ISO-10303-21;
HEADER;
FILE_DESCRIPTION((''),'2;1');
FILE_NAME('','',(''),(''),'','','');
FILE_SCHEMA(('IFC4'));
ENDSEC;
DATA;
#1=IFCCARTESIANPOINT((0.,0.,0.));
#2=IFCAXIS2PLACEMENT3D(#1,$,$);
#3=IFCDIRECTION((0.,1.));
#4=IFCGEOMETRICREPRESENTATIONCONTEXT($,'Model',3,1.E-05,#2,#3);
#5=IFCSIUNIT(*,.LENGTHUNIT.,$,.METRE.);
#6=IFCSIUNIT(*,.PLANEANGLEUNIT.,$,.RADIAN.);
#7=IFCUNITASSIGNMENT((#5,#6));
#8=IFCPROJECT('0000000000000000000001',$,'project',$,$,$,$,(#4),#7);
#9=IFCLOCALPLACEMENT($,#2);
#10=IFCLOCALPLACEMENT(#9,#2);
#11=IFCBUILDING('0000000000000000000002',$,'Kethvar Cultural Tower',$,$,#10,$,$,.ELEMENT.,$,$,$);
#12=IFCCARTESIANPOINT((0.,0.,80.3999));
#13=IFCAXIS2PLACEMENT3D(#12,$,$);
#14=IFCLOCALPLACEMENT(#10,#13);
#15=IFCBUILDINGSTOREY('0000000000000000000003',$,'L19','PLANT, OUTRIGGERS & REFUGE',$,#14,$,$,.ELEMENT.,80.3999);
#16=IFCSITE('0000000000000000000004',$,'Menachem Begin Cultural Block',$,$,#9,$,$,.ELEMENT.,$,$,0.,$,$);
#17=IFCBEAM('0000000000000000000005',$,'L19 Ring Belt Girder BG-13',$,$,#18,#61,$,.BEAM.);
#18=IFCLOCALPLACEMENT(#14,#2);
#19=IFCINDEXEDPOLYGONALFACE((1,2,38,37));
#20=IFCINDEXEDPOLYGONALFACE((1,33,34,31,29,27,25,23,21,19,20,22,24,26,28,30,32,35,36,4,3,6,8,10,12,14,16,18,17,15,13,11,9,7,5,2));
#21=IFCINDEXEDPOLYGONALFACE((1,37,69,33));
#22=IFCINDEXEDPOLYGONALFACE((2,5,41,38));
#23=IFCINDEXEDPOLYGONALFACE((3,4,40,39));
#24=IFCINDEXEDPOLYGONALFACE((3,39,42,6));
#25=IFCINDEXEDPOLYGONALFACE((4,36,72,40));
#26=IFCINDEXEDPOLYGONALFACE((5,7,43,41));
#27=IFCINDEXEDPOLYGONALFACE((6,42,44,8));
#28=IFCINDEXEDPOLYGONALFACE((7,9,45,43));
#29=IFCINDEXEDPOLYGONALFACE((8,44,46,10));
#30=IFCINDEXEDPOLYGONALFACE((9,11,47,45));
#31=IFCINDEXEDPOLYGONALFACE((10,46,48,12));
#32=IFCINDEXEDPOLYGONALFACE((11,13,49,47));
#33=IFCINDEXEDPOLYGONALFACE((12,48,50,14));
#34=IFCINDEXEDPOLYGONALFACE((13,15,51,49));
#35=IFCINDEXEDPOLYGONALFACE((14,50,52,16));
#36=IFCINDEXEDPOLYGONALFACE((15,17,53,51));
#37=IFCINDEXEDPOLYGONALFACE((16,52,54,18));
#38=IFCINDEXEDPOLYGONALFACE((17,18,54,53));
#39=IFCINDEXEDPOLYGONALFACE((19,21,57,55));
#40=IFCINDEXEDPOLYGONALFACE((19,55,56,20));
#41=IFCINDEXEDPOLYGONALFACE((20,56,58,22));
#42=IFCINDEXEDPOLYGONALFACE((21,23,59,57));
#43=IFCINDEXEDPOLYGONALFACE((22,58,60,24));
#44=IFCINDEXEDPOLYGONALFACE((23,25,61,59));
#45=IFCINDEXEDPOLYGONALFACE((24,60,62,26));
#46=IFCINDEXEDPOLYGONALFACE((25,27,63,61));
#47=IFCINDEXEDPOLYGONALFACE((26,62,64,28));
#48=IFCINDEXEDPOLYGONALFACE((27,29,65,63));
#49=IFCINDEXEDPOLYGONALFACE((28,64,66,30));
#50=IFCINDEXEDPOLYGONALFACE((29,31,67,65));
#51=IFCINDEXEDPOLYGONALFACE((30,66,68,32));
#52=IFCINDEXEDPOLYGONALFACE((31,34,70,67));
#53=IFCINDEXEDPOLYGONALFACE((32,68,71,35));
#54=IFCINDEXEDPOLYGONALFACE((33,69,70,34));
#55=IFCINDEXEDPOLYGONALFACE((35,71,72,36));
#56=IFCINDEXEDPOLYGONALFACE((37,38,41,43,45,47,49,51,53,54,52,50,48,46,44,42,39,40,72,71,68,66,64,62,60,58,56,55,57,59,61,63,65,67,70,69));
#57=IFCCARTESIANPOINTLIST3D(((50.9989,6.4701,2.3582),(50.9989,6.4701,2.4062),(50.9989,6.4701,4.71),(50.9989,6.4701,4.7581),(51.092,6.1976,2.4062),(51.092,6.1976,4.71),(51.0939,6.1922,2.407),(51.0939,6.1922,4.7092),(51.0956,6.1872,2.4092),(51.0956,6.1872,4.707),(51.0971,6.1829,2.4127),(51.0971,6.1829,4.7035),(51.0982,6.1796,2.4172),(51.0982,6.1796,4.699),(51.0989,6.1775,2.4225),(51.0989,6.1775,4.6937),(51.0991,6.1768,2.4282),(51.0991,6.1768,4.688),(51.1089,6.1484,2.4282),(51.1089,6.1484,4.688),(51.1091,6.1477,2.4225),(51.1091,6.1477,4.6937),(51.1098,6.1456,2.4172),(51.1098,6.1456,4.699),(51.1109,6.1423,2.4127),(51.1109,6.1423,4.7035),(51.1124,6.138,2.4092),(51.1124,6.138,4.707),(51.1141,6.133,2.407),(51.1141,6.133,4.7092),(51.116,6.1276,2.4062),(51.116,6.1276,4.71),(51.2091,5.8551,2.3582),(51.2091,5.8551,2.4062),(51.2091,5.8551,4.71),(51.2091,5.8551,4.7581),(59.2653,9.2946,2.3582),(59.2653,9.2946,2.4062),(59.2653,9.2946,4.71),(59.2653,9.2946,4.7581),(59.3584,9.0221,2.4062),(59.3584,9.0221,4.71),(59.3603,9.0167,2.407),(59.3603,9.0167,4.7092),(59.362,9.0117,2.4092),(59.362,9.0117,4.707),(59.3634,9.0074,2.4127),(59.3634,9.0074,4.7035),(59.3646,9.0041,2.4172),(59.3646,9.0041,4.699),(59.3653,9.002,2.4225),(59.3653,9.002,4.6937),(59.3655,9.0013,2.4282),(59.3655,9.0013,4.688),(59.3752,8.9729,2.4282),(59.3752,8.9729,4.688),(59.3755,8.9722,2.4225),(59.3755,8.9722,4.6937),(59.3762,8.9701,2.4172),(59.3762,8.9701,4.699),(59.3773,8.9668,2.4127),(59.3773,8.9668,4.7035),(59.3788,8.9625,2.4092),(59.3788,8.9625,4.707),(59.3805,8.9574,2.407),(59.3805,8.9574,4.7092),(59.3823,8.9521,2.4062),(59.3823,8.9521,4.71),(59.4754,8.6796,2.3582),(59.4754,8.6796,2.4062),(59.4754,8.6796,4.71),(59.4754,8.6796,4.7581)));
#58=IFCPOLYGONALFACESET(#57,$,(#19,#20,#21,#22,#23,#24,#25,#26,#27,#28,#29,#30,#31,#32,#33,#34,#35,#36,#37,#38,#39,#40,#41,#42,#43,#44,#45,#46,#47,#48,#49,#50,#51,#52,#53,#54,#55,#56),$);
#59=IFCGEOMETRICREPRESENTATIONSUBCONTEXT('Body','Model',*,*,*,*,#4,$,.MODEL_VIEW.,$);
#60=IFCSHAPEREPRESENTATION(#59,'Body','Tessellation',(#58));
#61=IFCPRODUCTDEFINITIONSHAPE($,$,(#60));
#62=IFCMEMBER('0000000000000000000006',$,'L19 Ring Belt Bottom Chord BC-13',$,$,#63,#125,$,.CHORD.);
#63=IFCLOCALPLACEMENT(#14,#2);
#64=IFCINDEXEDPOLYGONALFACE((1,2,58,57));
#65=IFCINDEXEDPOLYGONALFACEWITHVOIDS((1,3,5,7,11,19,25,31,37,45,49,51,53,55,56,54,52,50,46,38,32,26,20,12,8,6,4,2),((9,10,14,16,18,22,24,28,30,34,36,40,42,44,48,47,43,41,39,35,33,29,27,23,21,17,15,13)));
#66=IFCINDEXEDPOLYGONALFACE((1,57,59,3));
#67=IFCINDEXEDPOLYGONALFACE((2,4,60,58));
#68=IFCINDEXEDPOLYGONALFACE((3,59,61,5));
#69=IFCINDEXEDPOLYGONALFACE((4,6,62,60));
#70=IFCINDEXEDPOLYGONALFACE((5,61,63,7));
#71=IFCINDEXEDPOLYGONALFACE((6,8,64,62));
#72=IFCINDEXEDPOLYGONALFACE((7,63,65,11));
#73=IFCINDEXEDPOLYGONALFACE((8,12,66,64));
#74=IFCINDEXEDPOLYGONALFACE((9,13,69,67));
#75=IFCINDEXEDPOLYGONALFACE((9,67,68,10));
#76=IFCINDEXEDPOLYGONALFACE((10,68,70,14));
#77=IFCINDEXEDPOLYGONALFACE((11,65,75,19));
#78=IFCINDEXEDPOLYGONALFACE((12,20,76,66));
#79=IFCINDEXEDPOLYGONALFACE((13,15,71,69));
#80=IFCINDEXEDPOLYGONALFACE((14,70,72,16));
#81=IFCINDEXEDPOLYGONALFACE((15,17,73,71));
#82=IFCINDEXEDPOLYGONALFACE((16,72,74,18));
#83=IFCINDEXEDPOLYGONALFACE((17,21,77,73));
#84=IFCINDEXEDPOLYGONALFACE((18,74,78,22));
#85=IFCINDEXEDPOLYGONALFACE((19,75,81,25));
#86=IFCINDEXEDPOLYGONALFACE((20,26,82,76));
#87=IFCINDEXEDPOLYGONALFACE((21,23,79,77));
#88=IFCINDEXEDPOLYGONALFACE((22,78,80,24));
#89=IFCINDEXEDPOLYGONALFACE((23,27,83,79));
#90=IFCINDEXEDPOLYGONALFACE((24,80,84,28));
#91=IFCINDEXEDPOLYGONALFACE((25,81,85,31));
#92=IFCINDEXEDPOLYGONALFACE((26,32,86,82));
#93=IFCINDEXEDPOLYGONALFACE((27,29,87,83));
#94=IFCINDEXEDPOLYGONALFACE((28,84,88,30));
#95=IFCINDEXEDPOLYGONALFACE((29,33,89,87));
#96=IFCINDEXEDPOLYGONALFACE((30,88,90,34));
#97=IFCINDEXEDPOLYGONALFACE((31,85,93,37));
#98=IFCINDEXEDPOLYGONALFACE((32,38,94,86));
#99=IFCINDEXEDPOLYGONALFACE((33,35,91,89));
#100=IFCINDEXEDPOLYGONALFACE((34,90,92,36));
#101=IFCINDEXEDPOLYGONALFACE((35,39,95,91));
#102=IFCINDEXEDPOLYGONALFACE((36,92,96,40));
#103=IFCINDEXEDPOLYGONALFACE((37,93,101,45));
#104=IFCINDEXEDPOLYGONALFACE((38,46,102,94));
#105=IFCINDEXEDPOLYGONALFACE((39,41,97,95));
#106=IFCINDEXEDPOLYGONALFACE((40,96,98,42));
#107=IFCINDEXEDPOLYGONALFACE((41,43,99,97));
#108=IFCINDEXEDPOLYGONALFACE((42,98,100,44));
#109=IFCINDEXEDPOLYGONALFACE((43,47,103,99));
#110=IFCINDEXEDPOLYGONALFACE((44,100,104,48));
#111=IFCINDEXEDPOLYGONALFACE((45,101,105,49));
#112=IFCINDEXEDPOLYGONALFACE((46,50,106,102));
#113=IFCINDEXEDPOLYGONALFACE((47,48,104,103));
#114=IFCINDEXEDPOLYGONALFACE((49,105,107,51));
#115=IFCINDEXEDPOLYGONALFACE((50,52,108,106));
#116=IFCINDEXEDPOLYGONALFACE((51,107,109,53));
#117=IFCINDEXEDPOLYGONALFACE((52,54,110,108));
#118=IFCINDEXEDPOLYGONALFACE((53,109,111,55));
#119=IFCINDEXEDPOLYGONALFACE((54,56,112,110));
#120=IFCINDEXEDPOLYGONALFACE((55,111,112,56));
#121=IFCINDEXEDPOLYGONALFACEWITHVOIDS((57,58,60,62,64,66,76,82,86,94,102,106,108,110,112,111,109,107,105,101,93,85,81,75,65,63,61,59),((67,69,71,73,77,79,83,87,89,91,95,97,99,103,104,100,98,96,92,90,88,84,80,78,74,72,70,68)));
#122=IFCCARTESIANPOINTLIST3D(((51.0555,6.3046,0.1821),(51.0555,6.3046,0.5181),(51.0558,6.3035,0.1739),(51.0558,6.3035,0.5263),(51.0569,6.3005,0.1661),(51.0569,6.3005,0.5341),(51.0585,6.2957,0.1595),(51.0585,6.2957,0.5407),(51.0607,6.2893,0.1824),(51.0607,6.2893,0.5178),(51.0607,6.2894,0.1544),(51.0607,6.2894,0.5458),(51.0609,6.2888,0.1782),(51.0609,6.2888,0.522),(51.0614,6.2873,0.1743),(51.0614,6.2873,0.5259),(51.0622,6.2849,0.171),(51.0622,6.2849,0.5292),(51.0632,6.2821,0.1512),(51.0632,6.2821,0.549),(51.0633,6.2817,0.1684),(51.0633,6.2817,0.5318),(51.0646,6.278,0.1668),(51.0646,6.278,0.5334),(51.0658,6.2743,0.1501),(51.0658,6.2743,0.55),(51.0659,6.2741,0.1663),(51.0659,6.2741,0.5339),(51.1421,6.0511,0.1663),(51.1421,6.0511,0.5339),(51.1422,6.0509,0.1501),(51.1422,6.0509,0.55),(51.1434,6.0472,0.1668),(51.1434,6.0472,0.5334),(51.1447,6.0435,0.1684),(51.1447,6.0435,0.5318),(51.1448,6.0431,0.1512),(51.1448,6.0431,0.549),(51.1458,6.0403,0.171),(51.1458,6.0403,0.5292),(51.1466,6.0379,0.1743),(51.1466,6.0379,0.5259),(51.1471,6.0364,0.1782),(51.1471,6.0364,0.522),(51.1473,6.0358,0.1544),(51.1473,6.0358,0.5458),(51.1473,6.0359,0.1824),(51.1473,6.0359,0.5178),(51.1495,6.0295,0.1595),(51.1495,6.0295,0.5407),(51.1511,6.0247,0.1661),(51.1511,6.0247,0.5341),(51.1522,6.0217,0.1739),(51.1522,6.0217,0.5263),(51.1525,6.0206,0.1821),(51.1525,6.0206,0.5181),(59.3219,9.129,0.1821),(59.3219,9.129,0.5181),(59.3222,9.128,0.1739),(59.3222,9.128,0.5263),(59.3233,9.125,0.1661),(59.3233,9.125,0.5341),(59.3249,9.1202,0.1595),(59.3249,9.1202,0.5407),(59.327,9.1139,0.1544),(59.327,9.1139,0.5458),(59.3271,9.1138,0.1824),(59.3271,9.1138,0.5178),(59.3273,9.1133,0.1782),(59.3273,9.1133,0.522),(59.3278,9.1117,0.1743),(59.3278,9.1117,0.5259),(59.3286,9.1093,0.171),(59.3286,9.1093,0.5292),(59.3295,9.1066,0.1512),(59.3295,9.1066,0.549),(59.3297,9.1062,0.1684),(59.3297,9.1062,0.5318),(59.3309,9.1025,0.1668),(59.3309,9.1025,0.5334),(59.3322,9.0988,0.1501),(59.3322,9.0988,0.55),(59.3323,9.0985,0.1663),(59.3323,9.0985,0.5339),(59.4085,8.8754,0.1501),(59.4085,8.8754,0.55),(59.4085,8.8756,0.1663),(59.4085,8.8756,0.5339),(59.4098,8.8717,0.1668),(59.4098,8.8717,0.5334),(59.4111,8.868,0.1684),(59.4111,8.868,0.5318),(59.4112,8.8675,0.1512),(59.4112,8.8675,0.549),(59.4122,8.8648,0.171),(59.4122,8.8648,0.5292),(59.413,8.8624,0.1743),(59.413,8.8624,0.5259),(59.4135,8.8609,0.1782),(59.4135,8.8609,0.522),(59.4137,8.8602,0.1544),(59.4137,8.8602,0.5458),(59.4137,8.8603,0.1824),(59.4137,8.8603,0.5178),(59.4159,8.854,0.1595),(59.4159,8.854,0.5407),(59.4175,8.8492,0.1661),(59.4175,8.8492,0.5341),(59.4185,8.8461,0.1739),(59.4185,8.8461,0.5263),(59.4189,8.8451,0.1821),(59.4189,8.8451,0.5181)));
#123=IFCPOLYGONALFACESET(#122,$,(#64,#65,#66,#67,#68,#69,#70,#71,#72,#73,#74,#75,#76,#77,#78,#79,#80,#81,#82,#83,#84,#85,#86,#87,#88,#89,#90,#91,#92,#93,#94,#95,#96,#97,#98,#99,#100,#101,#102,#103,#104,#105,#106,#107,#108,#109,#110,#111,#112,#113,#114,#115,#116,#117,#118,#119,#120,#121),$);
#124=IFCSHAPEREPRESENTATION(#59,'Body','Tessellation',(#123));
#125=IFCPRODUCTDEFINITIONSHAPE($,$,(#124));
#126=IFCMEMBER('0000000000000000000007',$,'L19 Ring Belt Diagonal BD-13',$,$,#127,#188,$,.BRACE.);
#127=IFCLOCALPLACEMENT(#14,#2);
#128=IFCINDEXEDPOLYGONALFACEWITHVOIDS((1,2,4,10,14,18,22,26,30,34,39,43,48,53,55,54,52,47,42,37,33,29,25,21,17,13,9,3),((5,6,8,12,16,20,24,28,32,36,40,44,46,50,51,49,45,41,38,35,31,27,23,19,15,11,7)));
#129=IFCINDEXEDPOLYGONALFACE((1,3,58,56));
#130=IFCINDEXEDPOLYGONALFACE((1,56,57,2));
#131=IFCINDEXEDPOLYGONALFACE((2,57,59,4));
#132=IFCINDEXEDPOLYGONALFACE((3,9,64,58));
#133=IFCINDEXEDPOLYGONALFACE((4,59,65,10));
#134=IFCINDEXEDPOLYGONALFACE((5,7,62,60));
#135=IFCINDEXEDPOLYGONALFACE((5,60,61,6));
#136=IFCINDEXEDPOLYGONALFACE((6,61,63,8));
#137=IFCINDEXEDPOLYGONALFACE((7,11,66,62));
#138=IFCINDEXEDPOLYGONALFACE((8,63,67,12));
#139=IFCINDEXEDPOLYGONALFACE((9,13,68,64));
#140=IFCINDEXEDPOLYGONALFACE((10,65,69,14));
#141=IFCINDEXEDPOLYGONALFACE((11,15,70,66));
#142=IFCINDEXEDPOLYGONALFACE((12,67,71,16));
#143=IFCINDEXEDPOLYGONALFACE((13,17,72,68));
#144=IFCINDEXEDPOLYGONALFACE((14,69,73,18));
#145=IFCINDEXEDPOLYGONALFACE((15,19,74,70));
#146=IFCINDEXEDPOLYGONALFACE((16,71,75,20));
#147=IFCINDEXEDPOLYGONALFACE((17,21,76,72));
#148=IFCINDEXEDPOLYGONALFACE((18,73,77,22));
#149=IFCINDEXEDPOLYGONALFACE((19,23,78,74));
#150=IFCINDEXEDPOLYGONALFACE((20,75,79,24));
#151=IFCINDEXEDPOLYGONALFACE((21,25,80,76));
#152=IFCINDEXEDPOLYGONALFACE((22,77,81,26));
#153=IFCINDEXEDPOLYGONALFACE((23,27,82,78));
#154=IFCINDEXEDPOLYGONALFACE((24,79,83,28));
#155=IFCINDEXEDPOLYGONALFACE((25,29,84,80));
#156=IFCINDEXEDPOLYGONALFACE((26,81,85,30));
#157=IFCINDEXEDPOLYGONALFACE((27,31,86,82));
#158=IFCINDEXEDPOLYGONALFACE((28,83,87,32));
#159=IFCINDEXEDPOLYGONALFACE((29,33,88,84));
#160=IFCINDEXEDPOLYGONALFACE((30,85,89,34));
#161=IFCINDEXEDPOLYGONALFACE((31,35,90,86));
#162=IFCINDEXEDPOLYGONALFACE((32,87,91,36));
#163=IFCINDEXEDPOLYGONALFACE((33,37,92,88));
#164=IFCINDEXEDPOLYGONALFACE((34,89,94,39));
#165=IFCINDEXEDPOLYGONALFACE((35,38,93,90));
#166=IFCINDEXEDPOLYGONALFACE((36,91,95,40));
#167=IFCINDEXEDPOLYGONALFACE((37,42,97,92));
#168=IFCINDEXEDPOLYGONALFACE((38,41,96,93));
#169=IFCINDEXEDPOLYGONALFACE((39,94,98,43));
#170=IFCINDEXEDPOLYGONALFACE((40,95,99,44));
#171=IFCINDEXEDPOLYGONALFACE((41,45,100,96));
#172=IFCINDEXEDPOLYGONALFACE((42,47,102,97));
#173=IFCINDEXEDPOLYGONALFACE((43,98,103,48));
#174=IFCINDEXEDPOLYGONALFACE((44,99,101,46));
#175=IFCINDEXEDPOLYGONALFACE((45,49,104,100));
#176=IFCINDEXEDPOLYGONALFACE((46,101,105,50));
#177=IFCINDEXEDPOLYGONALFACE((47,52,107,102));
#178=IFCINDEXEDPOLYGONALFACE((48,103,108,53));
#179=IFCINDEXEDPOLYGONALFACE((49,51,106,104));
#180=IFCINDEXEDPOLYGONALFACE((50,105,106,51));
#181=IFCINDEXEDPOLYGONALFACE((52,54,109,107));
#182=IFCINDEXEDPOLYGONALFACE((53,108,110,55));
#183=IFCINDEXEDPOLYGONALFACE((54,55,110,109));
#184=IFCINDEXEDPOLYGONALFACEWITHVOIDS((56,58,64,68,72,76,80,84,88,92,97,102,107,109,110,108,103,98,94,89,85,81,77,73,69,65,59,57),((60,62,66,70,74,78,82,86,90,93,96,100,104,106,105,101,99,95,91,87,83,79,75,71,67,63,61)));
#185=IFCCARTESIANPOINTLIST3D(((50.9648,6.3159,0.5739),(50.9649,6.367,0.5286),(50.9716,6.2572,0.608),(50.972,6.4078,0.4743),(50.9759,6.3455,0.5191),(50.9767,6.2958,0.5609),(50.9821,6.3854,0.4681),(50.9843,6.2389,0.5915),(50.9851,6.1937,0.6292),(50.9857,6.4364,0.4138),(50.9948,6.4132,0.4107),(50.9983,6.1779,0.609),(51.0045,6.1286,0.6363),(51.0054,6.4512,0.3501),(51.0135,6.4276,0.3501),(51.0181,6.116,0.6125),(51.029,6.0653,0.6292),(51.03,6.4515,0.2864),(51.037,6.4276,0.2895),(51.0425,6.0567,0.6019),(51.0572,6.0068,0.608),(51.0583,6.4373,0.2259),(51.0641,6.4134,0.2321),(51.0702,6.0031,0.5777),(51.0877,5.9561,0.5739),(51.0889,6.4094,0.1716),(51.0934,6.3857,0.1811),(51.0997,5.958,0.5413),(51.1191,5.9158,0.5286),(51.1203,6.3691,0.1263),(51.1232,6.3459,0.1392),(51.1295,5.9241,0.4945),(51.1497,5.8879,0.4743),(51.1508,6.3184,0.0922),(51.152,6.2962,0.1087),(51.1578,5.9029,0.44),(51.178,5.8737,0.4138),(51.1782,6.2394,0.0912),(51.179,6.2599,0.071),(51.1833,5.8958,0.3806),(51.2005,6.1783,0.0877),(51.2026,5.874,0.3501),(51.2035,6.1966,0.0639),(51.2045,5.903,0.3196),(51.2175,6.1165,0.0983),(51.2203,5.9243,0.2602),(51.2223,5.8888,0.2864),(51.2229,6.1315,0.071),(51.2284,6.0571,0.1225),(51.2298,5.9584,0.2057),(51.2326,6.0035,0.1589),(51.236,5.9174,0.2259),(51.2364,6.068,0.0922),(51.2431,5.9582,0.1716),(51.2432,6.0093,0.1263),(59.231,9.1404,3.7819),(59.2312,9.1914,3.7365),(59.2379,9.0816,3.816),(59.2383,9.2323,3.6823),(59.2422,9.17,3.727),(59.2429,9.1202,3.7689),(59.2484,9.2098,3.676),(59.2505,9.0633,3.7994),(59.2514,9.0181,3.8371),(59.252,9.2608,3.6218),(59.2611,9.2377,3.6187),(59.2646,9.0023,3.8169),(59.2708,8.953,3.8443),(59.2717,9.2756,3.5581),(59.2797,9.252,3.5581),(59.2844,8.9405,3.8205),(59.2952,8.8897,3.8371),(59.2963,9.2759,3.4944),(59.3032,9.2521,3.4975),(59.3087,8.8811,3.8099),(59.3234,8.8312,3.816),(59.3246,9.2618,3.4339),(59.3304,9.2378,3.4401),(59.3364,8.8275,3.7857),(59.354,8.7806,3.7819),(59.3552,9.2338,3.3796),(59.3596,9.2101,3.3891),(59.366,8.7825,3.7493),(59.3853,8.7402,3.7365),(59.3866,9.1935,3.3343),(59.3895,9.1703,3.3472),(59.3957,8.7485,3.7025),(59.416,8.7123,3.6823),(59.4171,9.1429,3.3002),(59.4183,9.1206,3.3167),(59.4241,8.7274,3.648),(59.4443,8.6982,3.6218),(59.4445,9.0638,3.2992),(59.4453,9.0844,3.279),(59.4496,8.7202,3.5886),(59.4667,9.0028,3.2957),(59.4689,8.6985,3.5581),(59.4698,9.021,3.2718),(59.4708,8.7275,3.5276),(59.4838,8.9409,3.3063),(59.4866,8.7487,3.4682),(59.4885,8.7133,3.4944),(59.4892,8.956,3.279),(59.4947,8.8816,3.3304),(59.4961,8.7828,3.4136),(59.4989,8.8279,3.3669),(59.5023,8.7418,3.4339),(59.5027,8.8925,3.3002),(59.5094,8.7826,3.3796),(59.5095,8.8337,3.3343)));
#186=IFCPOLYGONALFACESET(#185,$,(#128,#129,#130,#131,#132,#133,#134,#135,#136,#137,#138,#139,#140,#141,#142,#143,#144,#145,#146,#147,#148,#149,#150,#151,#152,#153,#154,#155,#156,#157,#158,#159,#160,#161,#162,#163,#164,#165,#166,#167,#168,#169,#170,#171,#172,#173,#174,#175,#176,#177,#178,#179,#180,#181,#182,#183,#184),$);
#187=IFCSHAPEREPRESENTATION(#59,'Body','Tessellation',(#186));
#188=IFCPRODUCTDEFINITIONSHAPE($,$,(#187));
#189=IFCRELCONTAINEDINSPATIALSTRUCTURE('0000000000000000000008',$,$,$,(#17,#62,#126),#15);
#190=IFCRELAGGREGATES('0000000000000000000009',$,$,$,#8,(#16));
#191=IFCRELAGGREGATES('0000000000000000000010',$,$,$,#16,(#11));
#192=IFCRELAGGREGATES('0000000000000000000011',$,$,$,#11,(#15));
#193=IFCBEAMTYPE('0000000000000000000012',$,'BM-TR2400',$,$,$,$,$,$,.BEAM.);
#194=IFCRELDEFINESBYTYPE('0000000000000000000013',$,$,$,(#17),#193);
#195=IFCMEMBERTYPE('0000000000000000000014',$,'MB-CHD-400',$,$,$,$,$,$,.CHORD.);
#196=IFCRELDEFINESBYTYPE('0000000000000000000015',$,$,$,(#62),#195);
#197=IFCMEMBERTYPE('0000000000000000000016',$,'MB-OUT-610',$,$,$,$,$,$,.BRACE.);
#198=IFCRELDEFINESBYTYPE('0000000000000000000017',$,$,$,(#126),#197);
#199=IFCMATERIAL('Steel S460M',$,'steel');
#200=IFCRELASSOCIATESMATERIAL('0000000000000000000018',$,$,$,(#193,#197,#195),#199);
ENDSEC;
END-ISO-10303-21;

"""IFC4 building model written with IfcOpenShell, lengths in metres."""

from ifc_helpers import new_model, si_unit, direction, frame, origin, origin_2d, place, context, subcontext, project, spatial, hollow_rectangle, hollow_circle, i_section, extrude, source, transform, mapped, material, material_profile, profile_set, type_object, element, save


model = new_model("IFC4")

# Units and contexts
model_context = context("Model", 3, precision=1e-05, world=origin(), true_north=direction((0.0, 1.0)))
body_context = subcontext(model_context, "Body", "Model", "MODEL_VIEW")
ifc_project = project(units=[si_unit("LENGTHUNIT", "METRE"), si_unit("PLANEANGLEUNIT", "RADIAN")], contexts=[model_context])

# Site, building, storey
site_placement = place(None, origin())
site = spatial("IfcSite", under=ifc_project, at=site_placement, Name="Menachem Begin Cultural Block", CompositionType="ELEMENT", RefElevation=0.0)
building_placement = place(site_placement, origin())
building = spatial("IfcBuilding", under=site, at=building_placement, Name="Kethvar Cultural Tower", CompositionType="ELEMENT")
storey_placement = place(building_placement, frame((0.0, 0.0, 80.3999)))
storey = spatial("IfcBuildingStorey", under=building, at=storey_placement, Name="L19", Description="PLANT, OUTRIGGERS & REFUGE", CompositionType="ELEMENT", Elevation=80.3999)

# Shared definitions
ifc_material_1 = material(Name="Steel S460M", Category="steel")

# Shared definitions
ifc_material_profile_1 = material_profile(ifc_material_1, i_section(OverallWidth=0.6499, OverallDepth=2.3999, WebThickness=0.03, FlangeThickness=0.0481, FilletRadius=0.022, at=origin_2d()), Name="Steel S460M — PG2400x650x48x30")
ifc_profile_set_1 = profile_set([ifc_material_profile_1], Name="Steel S460M — PG2400x650x48x30")
beam_type = type_object("IfcBeamType", Name="BM-TR2400", PredefinedType="BEAM", material=ifc_profile_set_1)

# Shared definitions
ifc_material_profile_2 = material_profile(ifc_material_1, hollow_circle(Radius=0.3049, WallThickness=0.0249, at=origin_2d()), Name="Steel S460M — CHS610x25")
ifc_profile_set_2 = profile_set([ifc_material_profile_2], Name="Steel S460M — CHS610x25")
member_type_1 = type_object("IfcMemberType", Name="MB-OUT-610", PredefinedType="BRACE", material=ifc_profile_set_2)

# Beam
shared_shape_1 = source(origin(), body_context, "Body", "SweptSolid", [
    extrude(i_section(OverallWidth=0.6499, OverallDepth=2.3999, WebThickness=0.03, FlangeThickness=0.0481, FilletRadius=0.022, at=origin_2d()), origin(), (0.0, 0.0, 1.0), 8.7356),
])
beam_1_placement = place(storey_placement, frame((51.104, 6.1626, 3.5581), z_axis=(0.946287, 0.323329, 0.0), x_axis=(-0.323329, 0.946287, 0.0)))
element("IfcBeam", 1, at=beam_1_placement, inside=storey, type_object=beam_type, Name="L19 Ring Belt Girder BG-13", PredefinedType="BEAM", context=body_context, shape_type="MappedRepresentation", body=[
    mapped(shared_shape_1, transform((0.0, 0.0, 0.0), scale=1.0)),
])

# Members
ifc_material_profile_3 = material_profile(ifc_material_1, hollow_rectangle(XDim=0.3, YDim=0.3999, WallThickness=0.0161, InnerFilletRadius=0.0161, OuterFilletRadius=0.032, at=origin_2d()), Name="Steel S460M — RHS400x300x16")
ifc_profile_set_3 = profile_set([ifc_material_profile_3], Name="Steel S460M — RHS400x300x16")
member_type_2 = type_object("IfcMemberType", Name="MB-CHD-400", PredefinedType="CHORD", material=ifc_profile_set_3)
shared_shape_2 = source(origin(), body_context, "Body", "SweptSolid", [
    extrude(hollow_rectangle(XDim=0.3, YDim=0.3999, WallThickness=0.0161, InnerFilletRadius=0.0161, OuterFilletRadius=0.032, at=origin_2d()), origin(), (0.0, 0.0, 1.0), 8.7356),
])
member_1_placement = place(storey_placement, frame((51.104, 6.1626, 0.3501), z_axis=(0.946287, 0.323329, 0.0), x_axis=(-0.323329, 0.946287, 0.0)))
element("IfcMember", 2, at=member_1_placement, inside=storey, type_object=member_type_2, Name="L19 Ring Belt Bottom Chord BC-13", PredefinedType="CHORD", context=body_context, shape_type="MappedRepresentation", body=[
    mapped(shared_shape_2, transform((0.0, 0.0, 0.0), scale=1.0)),
])
shared_shape_3 = source(origin(), body_context, "Body", "SweptSolid", [
    extrude(hollow_circle(Radius=0.3049, WallThickness=0.0249, at=origin_2d()), origin(), (0.0, 0.0, 1.0), 9.3059),
])
member_2_placement = place(storey_placement, frame((51.104, 6.1626, 0.3501), z_axis=(0.888283, 0.30351, 0.344725), x_axis=(-0.323329, 0.946287, 0.0)))
element("IfcMember", 3, at=member_2_placement, inside=storey, type_object=member_type_1, Name="L19 Ring Belt Diagonal BD-13", PredefinedType="BRACE", context=body_context, shape_type="MappedRepresentation", body=[
    mapped(shared_shape_3, transform((0.0, 0.0, 0.0), scale=1.0)),
])

save(model, "model.ifc")
